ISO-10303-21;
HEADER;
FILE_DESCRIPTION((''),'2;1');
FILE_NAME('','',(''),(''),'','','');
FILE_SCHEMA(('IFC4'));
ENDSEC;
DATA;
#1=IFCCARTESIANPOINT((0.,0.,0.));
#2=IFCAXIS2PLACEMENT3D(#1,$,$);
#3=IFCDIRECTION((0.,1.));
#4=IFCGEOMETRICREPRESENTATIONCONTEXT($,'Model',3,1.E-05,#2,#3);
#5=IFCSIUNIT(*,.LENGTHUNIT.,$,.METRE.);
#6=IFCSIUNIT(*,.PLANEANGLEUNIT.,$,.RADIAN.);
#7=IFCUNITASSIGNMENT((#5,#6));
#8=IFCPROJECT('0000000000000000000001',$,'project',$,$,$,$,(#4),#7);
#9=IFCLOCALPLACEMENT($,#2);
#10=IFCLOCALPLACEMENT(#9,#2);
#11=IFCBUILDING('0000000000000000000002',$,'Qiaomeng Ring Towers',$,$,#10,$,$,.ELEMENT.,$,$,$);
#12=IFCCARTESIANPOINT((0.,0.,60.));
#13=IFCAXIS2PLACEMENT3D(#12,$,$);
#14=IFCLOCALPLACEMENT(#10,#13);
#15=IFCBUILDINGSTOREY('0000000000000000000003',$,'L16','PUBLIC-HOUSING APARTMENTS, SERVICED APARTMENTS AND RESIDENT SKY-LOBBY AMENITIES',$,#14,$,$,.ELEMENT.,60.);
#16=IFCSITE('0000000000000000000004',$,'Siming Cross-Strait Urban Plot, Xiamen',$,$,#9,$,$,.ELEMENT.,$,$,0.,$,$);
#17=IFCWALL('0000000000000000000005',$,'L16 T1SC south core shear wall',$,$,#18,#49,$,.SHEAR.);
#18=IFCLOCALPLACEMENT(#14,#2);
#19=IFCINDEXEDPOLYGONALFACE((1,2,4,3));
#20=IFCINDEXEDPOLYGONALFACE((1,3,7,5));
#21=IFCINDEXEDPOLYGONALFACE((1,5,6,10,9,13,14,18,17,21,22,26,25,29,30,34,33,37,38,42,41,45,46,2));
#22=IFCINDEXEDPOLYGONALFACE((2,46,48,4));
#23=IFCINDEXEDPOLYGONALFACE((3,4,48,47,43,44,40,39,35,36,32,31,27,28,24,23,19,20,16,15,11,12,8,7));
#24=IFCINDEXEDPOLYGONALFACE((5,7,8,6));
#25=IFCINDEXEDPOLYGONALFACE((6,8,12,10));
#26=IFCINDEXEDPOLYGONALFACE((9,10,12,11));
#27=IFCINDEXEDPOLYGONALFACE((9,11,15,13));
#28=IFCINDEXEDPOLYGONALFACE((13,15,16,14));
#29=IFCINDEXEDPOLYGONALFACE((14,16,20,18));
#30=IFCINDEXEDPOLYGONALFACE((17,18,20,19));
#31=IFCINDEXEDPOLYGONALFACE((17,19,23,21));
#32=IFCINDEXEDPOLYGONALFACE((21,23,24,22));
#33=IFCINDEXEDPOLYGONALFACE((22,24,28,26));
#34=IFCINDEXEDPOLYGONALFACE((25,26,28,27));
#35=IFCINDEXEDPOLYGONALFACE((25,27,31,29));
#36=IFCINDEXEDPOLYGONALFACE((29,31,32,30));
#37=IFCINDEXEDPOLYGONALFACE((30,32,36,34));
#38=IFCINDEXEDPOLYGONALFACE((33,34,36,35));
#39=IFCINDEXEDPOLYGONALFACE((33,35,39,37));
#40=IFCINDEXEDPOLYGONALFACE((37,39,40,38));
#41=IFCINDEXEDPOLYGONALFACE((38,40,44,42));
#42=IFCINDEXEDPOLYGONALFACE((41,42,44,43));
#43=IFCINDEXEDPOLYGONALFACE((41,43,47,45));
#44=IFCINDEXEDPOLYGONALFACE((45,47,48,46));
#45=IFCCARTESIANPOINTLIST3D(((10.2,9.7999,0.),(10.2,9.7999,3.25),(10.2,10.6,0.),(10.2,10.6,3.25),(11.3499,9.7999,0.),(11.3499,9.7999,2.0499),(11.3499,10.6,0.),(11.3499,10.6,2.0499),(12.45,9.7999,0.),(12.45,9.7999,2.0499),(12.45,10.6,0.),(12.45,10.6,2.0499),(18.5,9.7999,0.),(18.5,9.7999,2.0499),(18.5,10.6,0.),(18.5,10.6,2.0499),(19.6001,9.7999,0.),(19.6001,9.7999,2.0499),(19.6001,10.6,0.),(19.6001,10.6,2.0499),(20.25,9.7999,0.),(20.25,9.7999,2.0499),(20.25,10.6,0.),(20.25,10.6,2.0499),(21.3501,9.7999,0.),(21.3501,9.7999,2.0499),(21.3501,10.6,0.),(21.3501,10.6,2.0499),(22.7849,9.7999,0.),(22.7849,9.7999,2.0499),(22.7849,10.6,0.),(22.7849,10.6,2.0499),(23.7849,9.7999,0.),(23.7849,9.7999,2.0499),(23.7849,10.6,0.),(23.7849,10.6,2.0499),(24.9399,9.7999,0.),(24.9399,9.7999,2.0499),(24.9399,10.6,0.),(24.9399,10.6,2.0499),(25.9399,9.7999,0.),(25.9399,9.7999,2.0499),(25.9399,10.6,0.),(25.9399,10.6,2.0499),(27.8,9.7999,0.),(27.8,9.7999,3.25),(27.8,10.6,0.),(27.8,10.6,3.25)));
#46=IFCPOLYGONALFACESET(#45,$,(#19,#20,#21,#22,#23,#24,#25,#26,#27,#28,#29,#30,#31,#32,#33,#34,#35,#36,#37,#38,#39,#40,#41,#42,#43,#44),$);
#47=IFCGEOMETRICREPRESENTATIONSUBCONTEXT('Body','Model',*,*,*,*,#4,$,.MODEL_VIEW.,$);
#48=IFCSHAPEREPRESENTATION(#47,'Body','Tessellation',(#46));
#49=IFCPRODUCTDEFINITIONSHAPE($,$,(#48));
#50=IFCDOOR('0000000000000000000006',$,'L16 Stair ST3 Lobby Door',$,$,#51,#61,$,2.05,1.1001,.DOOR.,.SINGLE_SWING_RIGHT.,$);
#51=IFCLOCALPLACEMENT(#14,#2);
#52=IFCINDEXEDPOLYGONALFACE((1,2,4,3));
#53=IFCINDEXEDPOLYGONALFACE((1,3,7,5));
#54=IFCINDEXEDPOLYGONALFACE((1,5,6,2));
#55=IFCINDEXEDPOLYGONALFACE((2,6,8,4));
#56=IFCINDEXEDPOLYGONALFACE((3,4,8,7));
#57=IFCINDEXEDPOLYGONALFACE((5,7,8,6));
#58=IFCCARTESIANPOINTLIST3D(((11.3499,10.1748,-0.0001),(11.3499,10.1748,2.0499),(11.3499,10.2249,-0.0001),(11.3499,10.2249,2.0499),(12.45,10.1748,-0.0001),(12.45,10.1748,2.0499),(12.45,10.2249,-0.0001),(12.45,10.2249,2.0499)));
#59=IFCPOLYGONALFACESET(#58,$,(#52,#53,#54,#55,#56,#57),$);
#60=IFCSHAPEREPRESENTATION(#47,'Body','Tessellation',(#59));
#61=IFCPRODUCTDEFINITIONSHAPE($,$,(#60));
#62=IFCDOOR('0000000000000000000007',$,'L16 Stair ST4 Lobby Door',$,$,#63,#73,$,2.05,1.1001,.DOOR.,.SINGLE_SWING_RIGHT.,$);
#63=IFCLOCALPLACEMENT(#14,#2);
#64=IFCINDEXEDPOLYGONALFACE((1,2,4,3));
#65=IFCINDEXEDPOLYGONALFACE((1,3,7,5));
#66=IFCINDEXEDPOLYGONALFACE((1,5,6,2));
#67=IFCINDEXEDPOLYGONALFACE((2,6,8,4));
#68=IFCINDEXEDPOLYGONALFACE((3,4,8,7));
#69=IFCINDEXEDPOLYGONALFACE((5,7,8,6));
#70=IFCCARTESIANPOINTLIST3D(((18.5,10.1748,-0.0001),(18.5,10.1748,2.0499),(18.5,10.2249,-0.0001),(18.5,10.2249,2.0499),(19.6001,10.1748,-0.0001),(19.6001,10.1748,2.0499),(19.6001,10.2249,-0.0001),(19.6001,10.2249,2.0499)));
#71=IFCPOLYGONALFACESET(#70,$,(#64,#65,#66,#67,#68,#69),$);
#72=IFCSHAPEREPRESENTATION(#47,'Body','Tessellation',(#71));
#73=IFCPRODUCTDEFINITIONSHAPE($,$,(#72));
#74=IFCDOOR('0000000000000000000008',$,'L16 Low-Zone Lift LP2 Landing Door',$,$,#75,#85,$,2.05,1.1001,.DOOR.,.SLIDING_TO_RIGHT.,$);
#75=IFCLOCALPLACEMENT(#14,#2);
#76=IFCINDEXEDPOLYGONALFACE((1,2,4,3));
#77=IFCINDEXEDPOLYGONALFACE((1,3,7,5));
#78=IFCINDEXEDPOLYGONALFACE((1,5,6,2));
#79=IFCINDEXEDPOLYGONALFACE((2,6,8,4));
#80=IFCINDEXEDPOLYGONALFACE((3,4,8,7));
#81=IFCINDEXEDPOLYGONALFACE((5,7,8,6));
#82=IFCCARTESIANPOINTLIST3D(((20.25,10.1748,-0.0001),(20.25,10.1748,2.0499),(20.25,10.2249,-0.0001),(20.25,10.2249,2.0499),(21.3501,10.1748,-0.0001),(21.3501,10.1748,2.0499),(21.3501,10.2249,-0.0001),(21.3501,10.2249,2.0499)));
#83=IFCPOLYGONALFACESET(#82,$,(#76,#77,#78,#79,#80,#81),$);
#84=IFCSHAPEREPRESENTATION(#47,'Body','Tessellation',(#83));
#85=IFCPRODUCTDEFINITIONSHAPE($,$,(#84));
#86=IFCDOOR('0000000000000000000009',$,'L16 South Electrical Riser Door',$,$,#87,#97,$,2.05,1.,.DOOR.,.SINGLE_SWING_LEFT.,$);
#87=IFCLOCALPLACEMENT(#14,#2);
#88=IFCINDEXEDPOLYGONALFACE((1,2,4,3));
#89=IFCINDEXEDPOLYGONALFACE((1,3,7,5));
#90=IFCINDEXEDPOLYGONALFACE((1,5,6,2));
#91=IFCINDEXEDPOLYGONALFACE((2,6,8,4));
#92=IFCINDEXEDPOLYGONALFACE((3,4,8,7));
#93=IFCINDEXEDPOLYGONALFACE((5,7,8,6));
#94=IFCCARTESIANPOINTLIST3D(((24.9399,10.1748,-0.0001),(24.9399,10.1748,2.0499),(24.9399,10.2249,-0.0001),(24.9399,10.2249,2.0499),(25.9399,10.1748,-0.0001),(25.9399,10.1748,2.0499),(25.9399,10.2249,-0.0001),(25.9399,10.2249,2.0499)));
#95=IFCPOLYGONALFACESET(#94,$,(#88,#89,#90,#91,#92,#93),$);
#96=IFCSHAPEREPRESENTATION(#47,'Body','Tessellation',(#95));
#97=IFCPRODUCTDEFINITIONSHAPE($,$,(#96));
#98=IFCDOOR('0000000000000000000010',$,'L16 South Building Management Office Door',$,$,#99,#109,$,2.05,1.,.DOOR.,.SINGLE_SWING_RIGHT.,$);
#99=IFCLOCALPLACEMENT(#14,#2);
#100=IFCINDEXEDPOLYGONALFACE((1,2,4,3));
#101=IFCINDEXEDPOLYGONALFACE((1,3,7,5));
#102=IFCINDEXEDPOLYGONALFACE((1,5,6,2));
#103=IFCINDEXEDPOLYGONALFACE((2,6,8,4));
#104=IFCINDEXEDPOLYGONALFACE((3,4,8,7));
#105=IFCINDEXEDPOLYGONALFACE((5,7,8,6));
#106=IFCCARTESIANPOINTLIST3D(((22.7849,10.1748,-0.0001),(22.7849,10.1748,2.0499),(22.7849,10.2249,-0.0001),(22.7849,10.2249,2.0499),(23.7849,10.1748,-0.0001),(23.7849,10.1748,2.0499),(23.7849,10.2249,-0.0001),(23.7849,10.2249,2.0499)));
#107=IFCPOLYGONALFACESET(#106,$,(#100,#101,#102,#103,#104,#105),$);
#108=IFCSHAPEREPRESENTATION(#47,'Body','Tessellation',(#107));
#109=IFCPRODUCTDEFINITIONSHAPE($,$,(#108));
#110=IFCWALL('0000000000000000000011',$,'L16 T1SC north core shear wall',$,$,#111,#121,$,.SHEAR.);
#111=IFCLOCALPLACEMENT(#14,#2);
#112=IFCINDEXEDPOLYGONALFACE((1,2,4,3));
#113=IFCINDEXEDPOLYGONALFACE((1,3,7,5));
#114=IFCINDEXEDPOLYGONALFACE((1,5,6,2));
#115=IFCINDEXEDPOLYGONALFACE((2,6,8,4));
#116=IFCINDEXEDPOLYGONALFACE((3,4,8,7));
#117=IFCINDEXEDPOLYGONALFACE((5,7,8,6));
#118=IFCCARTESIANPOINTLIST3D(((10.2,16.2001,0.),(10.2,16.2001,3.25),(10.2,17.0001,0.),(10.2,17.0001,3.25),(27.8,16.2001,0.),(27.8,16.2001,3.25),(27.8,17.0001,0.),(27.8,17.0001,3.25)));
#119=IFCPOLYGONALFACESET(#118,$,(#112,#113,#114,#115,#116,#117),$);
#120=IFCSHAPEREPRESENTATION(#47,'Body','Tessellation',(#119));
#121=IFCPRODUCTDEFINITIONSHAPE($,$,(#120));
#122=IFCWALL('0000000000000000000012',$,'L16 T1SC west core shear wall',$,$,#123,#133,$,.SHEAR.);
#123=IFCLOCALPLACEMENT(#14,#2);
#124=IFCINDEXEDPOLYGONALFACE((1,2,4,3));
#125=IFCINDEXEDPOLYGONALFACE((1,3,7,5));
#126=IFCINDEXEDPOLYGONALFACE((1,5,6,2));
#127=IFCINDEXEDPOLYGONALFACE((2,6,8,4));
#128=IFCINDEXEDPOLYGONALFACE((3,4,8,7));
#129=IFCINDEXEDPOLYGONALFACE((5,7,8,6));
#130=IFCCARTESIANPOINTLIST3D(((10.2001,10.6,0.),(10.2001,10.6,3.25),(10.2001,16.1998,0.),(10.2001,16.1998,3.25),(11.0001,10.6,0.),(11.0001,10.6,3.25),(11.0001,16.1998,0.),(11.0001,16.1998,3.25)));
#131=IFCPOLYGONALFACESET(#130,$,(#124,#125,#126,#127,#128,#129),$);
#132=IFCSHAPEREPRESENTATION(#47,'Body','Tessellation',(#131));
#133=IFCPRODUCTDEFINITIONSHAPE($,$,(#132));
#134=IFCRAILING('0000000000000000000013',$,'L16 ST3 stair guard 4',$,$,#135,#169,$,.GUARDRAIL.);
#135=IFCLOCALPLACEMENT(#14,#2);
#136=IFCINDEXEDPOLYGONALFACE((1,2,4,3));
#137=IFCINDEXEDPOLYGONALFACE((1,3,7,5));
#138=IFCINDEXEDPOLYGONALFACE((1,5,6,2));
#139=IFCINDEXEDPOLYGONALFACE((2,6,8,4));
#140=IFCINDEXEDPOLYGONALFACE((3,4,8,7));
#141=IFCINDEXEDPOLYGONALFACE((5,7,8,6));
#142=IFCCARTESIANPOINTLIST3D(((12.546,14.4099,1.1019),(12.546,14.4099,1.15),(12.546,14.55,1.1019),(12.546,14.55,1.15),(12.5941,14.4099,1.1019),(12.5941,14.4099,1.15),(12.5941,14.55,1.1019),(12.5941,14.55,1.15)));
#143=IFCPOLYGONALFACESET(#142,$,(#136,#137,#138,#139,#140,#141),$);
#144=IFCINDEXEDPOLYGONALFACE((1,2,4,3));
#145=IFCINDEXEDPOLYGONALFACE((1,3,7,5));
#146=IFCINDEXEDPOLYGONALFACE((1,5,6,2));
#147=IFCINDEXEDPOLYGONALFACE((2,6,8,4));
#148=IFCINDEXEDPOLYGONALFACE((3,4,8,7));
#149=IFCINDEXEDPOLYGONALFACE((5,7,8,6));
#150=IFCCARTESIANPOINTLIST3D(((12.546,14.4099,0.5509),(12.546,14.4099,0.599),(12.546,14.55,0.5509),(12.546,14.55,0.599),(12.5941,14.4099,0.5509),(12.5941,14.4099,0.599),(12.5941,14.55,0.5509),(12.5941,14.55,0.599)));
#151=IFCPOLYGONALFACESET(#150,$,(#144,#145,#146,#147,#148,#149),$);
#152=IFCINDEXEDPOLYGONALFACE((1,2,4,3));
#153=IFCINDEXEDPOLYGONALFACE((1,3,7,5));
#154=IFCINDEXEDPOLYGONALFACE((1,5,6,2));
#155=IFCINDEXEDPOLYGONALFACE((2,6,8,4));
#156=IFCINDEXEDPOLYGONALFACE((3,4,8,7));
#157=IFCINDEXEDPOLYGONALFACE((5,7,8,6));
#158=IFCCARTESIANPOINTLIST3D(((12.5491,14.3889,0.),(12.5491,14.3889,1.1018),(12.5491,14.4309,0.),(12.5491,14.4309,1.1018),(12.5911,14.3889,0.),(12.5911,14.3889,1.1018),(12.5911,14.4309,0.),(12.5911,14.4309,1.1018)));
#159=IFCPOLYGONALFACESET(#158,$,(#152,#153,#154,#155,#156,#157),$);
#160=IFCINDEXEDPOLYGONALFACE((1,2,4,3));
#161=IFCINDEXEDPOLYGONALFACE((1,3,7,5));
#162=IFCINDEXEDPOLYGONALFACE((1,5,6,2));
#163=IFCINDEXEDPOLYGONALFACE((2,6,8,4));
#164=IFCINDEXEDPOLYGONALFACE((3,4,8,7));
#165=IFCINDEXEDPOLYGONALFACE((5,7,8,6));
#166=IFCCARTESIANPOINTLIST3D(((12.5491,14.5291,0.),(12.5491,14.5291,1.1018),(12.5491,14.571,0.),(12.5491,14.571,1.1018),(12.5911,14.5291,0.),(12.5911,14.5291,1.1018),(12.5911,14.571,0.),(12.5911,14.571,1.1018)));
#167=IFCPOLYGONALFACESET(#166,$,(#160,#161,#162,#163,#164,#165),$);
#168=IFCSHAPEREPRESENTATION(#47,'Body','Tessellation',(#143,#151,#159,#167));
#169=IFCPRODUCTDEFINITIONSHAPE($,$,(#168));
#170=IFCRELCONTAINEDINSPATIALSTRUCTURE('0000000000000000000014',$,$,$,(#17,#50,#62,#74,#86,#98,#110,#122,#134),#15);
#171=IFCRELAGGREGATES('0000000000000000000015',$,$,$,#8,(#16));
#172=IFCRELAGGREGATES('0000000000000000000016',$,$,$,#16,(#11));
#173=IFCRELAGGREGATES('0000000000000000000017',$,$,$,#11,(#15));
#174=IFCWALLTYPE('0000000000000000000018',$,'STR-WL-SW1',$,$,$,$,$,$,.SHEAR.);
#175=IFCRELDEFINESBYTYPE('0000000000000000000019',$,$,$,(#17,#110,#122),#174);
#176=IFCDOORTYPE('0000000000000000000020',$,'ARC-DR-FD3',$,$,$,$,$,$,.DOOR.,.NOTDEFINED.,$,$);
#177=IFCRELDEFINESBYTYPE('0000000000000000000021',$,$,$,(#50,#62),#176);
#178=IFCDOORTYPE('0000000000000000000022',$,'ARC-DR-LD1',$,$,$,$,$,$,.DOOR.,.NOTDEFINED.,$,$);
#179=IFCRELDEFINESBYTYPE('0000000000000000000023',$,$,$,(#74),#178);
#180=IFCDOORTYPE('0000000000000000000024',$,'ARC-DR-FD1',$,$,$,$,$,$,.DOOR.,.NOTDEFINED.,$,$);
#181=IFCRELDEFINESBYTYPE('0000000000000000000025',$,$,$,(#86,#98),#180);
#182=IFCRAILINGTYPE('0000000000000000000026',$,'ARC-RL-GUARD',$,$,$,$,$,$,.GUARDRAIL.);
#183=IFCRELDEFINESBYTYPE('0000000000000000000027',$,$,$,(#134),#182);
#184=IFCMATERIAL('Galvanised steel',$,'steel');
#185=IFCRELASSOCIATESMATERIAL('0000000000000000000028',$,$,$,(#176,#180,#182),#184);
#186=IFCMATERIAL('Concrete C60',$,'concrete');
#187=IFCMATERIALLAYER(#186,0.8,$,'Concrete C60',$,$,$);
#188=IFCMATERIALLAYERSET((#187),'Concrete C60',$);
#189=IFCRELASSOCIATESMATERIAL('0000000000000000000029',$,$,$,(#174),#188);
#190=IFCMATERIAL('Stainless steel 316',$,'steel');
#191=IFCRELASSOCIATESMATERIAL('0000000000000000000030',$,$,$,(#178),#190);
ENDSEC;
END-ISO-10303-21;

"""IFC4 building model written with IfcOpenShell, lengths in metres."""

from ifc_helpers import new_model, si_unit, direction, frame, frame_2d, origin, origin_2d, place, context, subcontext, project, spatial, rectangle, extrude, source, transform, mapped, material, layer, layer_set, type_object, element, fill, save


model = new_model("IFC4")

# Units and contexts
model_context = context("Model", 3, precision=1e-05, world=origin(), true_north=direction((0.0, 1.0)))
body_context = subcontext(model_context, "Body", "Model", "MODEL_VIEW")
ifc_project = project(units=[si_unit("LENGTHUNIT", "METRE"), si_unit("PLANEANGLEUNIT", "RADIAN")], contexts=[model_context])

# Site, building, storey
site_placement = place(None, origin())
site = spatial("IfcSite", under=ifc_project, at=site_placement, Name="Siming Cross-Strait Urban Plot, Xiamen", CompositionType="ELEMENT", RefElevation=0.0)
building_placement = place(site_placement, origin())
building = spatial("IfcBuilding", under=site, at=building_placement, Name="Qiaomeng Ring Towers", CompositionType="ELEMENT")
storey_placement = place(building_placement, frame((0.0, 0.0, 60.0)))
storey = spatial("IfcBuildingStorey", under=building, at=storey_placement, Name="L16", Description="PUBLIC-HOUSING APARTMENTS, SERVICED APARTMENTS AND RESIDENT SKY-LOBBY AMENITIES", CompositionType="ELEMENT", Elevation=60.0)

# Shared definitions
shared_shape_1 = source(origin(), body_context, "Body", "SweptSolid", [
    extrude(rectangle(XDim=1.0, YDim=2.05, at=frame_2d((0.5, 1.0249))), frame((0.0, 0.0249, 0.0), z_axis=(0.0, -1.0, 0.0), x_axis=(1.0, 0.0, 0.0)), (0.0, 0.0, 1.0), 0.05),
])

# Shared definitions
ifc_material_1 = material(Name="Galvanised steel", Category="steel")
door_type_1 = type_object("IfcDoorType", Name="ARC-DR-FD3", OperationType="NOTDEFINED", PredefinedType="DOOR", material=ifc_material_1)
shared_shape_2 = source(origin(), body_context, "Body", "SweptSolid", [
    extrude(rectangle(XDim=1.1001, YDim=2.05, at=frame_2d((0.55, 1.0249))), frame((0.0, 0.0249, 0.0), z_axis=(0.0, -1.0, 0.0), x_axis=(1.0, 0.0, 0.0)), (0.0, 0.0, 1.0), 0.05),
])

# Wall, openings, doors
ifc_material_2 = material(Name="Concrete C60", Category="concrete")
ifc_layer_1 = layer(ifc_material_2, 0.8, Name="Concrete C60")
ifc_layer_set_1 = layer_set([ifc_layer_1], Name="Concrete C60")
wall_type_1 = type_object("IfcWallType", Name="STR-WL-SW1", PredefinedType="SHEAR", material=ifc_layer_set_1)
wall_1_placement = place(storey_placement, frame((10.2, 10.2, 0.0), z_axis=(0.0, 0.0, 1.0), x_axis=(1.0, 0.0, 0.0)))
wall_1 = element("IfcWall", 1, at=wall_1_placement, inside=storey, type_object=wall_type_1, Name="L16 T1SC south core shear wall", PredefinedType="SHEAR", context=body_context, shape_type="SweptSolid", body=[
    extrude(rectangle(XDim=17.6001, YDim=0.8, at=frame_2d((8.8, 0.0))), origin(), (0.0, 0.0, 1.0), 3.25),
])
opening_1_placement = place(wall_1_placement, frame((1.1499, 0.0, 0.0)))
opening_1 = element("IfcOpeningElement", 2, at=opening_1_placement, cuts=wall_1, PredefinedType="OPENING", context=body_context, shape_type="SweptSolid", body=[
    extrude(rectangle(XDim=1.1001, YDim=2.05, at=frame_2d((0.55, 1.0249))), frame((0.0, 0.4099, 0.0), z_axis=(0.0, -1.0, 0.0), x_axis=(1.0, 0.0, 0.0)), (0.0, 0.0, 1.0), 0.8201),
])
opening_2_placement = place(wall_1_placement, frame((8.3, 0.0, 0.0)))
opening_2 = element("IfcOpeningElement", 3, at=opening_2_placement, cuts=wall_1, PredefinedType="OPENING", context=body_context, shape_type="SweptSolid", body=[
    extrude(rectangle(XDim=1.1001, YDim=2.05, at=frame_2d((0.55, 1.0249))), frame((0.0, 0.4099, 0.0), z_axis=(0.0, -1.0, 0.0), x_axis=(1.0, 0.0, 0.0)), (0.0, 0.0, 1.0), 0.8201),
])
opening_3_placement = place(wall_1_placement, frame((10.05, 0.0, 0.0)))
opening_3 = element("IfcOpeningElement", 4, at=opening_3_placement, cuts=wall_1, PredefinedType="OPENING", context=body_context, shape_type="SweptSolid", body=[
    extrude(rectangle(XDim=1.1001, YDim=2.05, at=frame_2d((0.55, 1.0249))), frame((0.0, 0.4099, 0.0), z_axis=(0.0, -1.0, 0.0), x_axis=(1.0, 0.0, 0.0)), (0.0, 0.0, 1.0), 0.8201),
])
opening_4_placement = place(wall_1_placement, frame((14.74, 0.0, 0.0)))
opening_4 = element("IfcOpeningElement", 5, at=opening_4_placement, cuts=wall_1, PredefinedType="OPENING", context=body_context, shape_type="SweptSolid", body=[
    extrude(rectangle(XDim=1.0, YDim=2.05, at=frame_2d((0.5, 1.0249))), frame((0.0, 0.4099, 0.0), z_axis=(0.0, -1.0, 0.0), x_axis=(1.0, 0.0, 0.0)), (0.0, 0.0, 1.0), 0.8201),
])
opening_5_placement = place(wall_1_placement, frame((12.585, 0.0, 0.0)))
opening_5 = element("IfcOpeningElement", 6, at=opening_5_placement, cuts=wall_1, PredefinedType="OPENING", context=body_context, shape_type="SweptSolid", body=[
    extrude(rectangle(XDim=1.0, YDim=2.05, at=frame_2d((0.5, 1.0249))), frame((0.0, 0.4099, 0.0), z_axis=(0.0, -1.0, 0.0), x_axis=(1.0, 0.0, 0.0)), (0.0, 0.0, 1.0), 0.8201),
])
door_1_placement = place(opening_1_placement, origin())
door_1 = element("IfcDoor", 7, at=door_1_placement, inside=storey, type_object=door_type_1, Name="L16 Stair ST3 Lobby Door", OperationType="SINGLE_SWING_RIGHT", OverallHeight=2.05, OverallWidth=1.1001, PredefinedType="DOOR", context=body_context, shape_type="MappedRepresentation", body=[
    mapped(shared_shape_2, transform((0.0, 0.0, 0.0), x_axis=(1.0, 0.0, 0.0), y_axis=(0.0, 1.0, 0.0), z_axis=(0.0, 0.0, 1.0), scale=1.0)),
])
fill(opening_1, door_1)
door_2_placement = place(opening_2_placement, origin())
door_2 = element("IfcDoor", 8, at=door_2_placement, inside=storey, type_object=door_type_1, Name="L16 Stair ST4 Lobby Door", OperationType="SINGLE_SWING_RIGHT", OverallHeight=2.05, OverallWidth=1.1001, PredefinedType="DOOR", context=body_context, shape_type="MappedRepresentation", body=[
    mapped(shared_shape_2, transform((0.0, 0.0, 0.0), x_axis=(1.0, 0.0, 0.0), y_axis=(0.0, 1.0, 0.0), z_axis=(0.0, 0.0, 1.0), scale=1.0)),
])
fill(opening_2, door_2)
ifc_material_3 = material(Name="Stainless steel 316", Category="steel")
door_type_2 = type_object("IfcDoorType", Name="ARC-DR-LD1", OperationType="NOTDEFINED", PredefinedType="DOOR", material=ifc_material_3)
door_3_placement = place(opening_3_placement, origin())
door_3 = element("IfcDoor", 9, at=door_3_placement, inside=storey, type_object=door_type_2, Name="L16 Low-Zone Lift LP2 Landing Door", OperationType="SLIDING_TO_RIGHT", OverallHeight=2.05, OverallWidth=1.1001, PredefinedType="DOOR", context=body_context, shape_type="MappedRepresentation", body=[
    mapped(shared_shape_2, transform((0.0, 0.0, 0.0), x_axis=(1.0, 0.0, 0.0), y_axis=(0.0, 1.0, 0.0), z_axis=(0.0, 0.0, 1.0), scale=1.0)),
])
fill(opening_3, door_3)
door_type_3 = type_object("IfcDoorType", Name="ARC-DR-FD1", OperationType="NOTDEFINED", PredefinedType="DOOR", material=ifc_material_1)
door_4_placement = place(opening_4_placement, origin())
door_4 = element("IfcDoor", 10, at=door_4_placement, inside=storey, type_object=door_type_3, Name="L16 South Electrical Riser Door", OperationType="SINGLE_SWING_LEFT", OverallHeight=2.05, OverallWidth=1.0, PredefinedType="DOOR", context=body_context, shape_type="MappedRepresentation", body=[
    mapped(shared_shape_1, transform((0.0, 0.0, 0.0), x_axis=(1.0, 0.0, 0.0), y_axis=(0.0, 1.0, 0.0), z_axis=(0.0, 0.0, 1.0), scale=1.0)),
])
fill(opening_4, door_4)
door_5_placement = place(opening_5_placement, origin())
door_5 = element("IfcDoor", 11, at=door_5_placement, inside=storey, type_object=door_type_3, Name="L16 South Building Management Office Door", OperationType="SINGLE_SWING_RIGHT", OverallHeight=2.05, OverallWidth=1.0, PredefinedType="DOOR", context=body_context, shape_type="MappedRepresentation", body=[
    mapped(shared_shape_1, transform((0.0, 0.0, 0.0), x_axis=(1.0, 0.0, 0.0), y_axis=(0.0, 1.0, 0.0), z_axis=(0.0, 0.0, 1.0), scale=1.0)),
])
fill(opening_5, door_5)

# Walls
wall_2_placement = place(storey_placement, frame((10.2, 16.6001, 0.0), z_axis=(0.0, 0.0, 1.0), x_axis=(1.0, 0.0, 0.0)))
element("IfcWall", 12, at=wall_2_placement, inside=storey, type_object=wall_type_1, Name="L16 T1SC north core shear wall", PredefinedType="SHEAR", context=body_context, shape_type="SweptSolid", body=[
    extrude(rectangle(XDim=17.6001, YDim=0.8, at=frame_2d((8.8, 0.0))), origin(), (0.0, 0.0, 1.0), 3.25),
])
wall_3_placement = place(storey_placement, frame((10.6001, 10.6001, 0.0), z_axis=(0.0, 0.0, 1.0), x_axis=(0.0, 1.0, 0.0)))
element("IfcWall", 13, at=wall_3_placement, inside=storey, type_object=wall_type_1, Name="L16 T1SC west core shear wall", PredefinedType="SHEAR", context=body_context, shape_type="SweptSolid", body=[
    extrude(rectangle(XDim=5.5999, YDim=0.8, at=frame_2d((2.7998, 0.0))), origin(), (0.0, 0.0, 1.0), 3.25),
])

# Railing
railing_type_1 = type_object("IfcRailingType", Name="ARC-RL-GUARD", PredefinedType="GUARDRAIL", material=ifc_material_1)
railing_1_placement = place(storey_placement, frame((12.5701, 14.4099, 0.0)))
element("IfcRailing", 14, at=railing_1_placement, inside=storey, type_object=railing_type_1, Name="L16 ST3 stair guard 4", PredefinedType="GUARDRAIL", context=body_context, shape_type="SweptSolid", body=[
    extrude(rectangle(XDim=0.0481, YDim=0.0481, at=origin_2d()), frame((0.0, 0.0, 1.126), z_axis=(0.0, 1.0, 0.0), x_axis=(-1.0, 0.0, 0.0)), (0.0, 0.0, 1.0), 0.1401),
    extrude(rectangle(XDim=0.0481, YDim=0.0481, at=origin_2d()), frame((0.0, 0.0, 0.575), z_axis=(0.0, 1.0, 0.0), x_axis=(-1.0, 0.0, 0.0)), (0.0, 0.0, 1.0), 0.1401),
    extrude(rectangle(XDim=0.042, YDim=0.042, at=origin_2d()), origin(), (0.0, 0.0, 1.0), 1.1018),
    extrude(rectangle(XDim=0.042, YDim=0.042, at=origin_2d()), frame((0.0, 0.1401, 0.0)), (0.0, 0.0, 1.0), 1.1018),
])

save(model, "model.ifc")
